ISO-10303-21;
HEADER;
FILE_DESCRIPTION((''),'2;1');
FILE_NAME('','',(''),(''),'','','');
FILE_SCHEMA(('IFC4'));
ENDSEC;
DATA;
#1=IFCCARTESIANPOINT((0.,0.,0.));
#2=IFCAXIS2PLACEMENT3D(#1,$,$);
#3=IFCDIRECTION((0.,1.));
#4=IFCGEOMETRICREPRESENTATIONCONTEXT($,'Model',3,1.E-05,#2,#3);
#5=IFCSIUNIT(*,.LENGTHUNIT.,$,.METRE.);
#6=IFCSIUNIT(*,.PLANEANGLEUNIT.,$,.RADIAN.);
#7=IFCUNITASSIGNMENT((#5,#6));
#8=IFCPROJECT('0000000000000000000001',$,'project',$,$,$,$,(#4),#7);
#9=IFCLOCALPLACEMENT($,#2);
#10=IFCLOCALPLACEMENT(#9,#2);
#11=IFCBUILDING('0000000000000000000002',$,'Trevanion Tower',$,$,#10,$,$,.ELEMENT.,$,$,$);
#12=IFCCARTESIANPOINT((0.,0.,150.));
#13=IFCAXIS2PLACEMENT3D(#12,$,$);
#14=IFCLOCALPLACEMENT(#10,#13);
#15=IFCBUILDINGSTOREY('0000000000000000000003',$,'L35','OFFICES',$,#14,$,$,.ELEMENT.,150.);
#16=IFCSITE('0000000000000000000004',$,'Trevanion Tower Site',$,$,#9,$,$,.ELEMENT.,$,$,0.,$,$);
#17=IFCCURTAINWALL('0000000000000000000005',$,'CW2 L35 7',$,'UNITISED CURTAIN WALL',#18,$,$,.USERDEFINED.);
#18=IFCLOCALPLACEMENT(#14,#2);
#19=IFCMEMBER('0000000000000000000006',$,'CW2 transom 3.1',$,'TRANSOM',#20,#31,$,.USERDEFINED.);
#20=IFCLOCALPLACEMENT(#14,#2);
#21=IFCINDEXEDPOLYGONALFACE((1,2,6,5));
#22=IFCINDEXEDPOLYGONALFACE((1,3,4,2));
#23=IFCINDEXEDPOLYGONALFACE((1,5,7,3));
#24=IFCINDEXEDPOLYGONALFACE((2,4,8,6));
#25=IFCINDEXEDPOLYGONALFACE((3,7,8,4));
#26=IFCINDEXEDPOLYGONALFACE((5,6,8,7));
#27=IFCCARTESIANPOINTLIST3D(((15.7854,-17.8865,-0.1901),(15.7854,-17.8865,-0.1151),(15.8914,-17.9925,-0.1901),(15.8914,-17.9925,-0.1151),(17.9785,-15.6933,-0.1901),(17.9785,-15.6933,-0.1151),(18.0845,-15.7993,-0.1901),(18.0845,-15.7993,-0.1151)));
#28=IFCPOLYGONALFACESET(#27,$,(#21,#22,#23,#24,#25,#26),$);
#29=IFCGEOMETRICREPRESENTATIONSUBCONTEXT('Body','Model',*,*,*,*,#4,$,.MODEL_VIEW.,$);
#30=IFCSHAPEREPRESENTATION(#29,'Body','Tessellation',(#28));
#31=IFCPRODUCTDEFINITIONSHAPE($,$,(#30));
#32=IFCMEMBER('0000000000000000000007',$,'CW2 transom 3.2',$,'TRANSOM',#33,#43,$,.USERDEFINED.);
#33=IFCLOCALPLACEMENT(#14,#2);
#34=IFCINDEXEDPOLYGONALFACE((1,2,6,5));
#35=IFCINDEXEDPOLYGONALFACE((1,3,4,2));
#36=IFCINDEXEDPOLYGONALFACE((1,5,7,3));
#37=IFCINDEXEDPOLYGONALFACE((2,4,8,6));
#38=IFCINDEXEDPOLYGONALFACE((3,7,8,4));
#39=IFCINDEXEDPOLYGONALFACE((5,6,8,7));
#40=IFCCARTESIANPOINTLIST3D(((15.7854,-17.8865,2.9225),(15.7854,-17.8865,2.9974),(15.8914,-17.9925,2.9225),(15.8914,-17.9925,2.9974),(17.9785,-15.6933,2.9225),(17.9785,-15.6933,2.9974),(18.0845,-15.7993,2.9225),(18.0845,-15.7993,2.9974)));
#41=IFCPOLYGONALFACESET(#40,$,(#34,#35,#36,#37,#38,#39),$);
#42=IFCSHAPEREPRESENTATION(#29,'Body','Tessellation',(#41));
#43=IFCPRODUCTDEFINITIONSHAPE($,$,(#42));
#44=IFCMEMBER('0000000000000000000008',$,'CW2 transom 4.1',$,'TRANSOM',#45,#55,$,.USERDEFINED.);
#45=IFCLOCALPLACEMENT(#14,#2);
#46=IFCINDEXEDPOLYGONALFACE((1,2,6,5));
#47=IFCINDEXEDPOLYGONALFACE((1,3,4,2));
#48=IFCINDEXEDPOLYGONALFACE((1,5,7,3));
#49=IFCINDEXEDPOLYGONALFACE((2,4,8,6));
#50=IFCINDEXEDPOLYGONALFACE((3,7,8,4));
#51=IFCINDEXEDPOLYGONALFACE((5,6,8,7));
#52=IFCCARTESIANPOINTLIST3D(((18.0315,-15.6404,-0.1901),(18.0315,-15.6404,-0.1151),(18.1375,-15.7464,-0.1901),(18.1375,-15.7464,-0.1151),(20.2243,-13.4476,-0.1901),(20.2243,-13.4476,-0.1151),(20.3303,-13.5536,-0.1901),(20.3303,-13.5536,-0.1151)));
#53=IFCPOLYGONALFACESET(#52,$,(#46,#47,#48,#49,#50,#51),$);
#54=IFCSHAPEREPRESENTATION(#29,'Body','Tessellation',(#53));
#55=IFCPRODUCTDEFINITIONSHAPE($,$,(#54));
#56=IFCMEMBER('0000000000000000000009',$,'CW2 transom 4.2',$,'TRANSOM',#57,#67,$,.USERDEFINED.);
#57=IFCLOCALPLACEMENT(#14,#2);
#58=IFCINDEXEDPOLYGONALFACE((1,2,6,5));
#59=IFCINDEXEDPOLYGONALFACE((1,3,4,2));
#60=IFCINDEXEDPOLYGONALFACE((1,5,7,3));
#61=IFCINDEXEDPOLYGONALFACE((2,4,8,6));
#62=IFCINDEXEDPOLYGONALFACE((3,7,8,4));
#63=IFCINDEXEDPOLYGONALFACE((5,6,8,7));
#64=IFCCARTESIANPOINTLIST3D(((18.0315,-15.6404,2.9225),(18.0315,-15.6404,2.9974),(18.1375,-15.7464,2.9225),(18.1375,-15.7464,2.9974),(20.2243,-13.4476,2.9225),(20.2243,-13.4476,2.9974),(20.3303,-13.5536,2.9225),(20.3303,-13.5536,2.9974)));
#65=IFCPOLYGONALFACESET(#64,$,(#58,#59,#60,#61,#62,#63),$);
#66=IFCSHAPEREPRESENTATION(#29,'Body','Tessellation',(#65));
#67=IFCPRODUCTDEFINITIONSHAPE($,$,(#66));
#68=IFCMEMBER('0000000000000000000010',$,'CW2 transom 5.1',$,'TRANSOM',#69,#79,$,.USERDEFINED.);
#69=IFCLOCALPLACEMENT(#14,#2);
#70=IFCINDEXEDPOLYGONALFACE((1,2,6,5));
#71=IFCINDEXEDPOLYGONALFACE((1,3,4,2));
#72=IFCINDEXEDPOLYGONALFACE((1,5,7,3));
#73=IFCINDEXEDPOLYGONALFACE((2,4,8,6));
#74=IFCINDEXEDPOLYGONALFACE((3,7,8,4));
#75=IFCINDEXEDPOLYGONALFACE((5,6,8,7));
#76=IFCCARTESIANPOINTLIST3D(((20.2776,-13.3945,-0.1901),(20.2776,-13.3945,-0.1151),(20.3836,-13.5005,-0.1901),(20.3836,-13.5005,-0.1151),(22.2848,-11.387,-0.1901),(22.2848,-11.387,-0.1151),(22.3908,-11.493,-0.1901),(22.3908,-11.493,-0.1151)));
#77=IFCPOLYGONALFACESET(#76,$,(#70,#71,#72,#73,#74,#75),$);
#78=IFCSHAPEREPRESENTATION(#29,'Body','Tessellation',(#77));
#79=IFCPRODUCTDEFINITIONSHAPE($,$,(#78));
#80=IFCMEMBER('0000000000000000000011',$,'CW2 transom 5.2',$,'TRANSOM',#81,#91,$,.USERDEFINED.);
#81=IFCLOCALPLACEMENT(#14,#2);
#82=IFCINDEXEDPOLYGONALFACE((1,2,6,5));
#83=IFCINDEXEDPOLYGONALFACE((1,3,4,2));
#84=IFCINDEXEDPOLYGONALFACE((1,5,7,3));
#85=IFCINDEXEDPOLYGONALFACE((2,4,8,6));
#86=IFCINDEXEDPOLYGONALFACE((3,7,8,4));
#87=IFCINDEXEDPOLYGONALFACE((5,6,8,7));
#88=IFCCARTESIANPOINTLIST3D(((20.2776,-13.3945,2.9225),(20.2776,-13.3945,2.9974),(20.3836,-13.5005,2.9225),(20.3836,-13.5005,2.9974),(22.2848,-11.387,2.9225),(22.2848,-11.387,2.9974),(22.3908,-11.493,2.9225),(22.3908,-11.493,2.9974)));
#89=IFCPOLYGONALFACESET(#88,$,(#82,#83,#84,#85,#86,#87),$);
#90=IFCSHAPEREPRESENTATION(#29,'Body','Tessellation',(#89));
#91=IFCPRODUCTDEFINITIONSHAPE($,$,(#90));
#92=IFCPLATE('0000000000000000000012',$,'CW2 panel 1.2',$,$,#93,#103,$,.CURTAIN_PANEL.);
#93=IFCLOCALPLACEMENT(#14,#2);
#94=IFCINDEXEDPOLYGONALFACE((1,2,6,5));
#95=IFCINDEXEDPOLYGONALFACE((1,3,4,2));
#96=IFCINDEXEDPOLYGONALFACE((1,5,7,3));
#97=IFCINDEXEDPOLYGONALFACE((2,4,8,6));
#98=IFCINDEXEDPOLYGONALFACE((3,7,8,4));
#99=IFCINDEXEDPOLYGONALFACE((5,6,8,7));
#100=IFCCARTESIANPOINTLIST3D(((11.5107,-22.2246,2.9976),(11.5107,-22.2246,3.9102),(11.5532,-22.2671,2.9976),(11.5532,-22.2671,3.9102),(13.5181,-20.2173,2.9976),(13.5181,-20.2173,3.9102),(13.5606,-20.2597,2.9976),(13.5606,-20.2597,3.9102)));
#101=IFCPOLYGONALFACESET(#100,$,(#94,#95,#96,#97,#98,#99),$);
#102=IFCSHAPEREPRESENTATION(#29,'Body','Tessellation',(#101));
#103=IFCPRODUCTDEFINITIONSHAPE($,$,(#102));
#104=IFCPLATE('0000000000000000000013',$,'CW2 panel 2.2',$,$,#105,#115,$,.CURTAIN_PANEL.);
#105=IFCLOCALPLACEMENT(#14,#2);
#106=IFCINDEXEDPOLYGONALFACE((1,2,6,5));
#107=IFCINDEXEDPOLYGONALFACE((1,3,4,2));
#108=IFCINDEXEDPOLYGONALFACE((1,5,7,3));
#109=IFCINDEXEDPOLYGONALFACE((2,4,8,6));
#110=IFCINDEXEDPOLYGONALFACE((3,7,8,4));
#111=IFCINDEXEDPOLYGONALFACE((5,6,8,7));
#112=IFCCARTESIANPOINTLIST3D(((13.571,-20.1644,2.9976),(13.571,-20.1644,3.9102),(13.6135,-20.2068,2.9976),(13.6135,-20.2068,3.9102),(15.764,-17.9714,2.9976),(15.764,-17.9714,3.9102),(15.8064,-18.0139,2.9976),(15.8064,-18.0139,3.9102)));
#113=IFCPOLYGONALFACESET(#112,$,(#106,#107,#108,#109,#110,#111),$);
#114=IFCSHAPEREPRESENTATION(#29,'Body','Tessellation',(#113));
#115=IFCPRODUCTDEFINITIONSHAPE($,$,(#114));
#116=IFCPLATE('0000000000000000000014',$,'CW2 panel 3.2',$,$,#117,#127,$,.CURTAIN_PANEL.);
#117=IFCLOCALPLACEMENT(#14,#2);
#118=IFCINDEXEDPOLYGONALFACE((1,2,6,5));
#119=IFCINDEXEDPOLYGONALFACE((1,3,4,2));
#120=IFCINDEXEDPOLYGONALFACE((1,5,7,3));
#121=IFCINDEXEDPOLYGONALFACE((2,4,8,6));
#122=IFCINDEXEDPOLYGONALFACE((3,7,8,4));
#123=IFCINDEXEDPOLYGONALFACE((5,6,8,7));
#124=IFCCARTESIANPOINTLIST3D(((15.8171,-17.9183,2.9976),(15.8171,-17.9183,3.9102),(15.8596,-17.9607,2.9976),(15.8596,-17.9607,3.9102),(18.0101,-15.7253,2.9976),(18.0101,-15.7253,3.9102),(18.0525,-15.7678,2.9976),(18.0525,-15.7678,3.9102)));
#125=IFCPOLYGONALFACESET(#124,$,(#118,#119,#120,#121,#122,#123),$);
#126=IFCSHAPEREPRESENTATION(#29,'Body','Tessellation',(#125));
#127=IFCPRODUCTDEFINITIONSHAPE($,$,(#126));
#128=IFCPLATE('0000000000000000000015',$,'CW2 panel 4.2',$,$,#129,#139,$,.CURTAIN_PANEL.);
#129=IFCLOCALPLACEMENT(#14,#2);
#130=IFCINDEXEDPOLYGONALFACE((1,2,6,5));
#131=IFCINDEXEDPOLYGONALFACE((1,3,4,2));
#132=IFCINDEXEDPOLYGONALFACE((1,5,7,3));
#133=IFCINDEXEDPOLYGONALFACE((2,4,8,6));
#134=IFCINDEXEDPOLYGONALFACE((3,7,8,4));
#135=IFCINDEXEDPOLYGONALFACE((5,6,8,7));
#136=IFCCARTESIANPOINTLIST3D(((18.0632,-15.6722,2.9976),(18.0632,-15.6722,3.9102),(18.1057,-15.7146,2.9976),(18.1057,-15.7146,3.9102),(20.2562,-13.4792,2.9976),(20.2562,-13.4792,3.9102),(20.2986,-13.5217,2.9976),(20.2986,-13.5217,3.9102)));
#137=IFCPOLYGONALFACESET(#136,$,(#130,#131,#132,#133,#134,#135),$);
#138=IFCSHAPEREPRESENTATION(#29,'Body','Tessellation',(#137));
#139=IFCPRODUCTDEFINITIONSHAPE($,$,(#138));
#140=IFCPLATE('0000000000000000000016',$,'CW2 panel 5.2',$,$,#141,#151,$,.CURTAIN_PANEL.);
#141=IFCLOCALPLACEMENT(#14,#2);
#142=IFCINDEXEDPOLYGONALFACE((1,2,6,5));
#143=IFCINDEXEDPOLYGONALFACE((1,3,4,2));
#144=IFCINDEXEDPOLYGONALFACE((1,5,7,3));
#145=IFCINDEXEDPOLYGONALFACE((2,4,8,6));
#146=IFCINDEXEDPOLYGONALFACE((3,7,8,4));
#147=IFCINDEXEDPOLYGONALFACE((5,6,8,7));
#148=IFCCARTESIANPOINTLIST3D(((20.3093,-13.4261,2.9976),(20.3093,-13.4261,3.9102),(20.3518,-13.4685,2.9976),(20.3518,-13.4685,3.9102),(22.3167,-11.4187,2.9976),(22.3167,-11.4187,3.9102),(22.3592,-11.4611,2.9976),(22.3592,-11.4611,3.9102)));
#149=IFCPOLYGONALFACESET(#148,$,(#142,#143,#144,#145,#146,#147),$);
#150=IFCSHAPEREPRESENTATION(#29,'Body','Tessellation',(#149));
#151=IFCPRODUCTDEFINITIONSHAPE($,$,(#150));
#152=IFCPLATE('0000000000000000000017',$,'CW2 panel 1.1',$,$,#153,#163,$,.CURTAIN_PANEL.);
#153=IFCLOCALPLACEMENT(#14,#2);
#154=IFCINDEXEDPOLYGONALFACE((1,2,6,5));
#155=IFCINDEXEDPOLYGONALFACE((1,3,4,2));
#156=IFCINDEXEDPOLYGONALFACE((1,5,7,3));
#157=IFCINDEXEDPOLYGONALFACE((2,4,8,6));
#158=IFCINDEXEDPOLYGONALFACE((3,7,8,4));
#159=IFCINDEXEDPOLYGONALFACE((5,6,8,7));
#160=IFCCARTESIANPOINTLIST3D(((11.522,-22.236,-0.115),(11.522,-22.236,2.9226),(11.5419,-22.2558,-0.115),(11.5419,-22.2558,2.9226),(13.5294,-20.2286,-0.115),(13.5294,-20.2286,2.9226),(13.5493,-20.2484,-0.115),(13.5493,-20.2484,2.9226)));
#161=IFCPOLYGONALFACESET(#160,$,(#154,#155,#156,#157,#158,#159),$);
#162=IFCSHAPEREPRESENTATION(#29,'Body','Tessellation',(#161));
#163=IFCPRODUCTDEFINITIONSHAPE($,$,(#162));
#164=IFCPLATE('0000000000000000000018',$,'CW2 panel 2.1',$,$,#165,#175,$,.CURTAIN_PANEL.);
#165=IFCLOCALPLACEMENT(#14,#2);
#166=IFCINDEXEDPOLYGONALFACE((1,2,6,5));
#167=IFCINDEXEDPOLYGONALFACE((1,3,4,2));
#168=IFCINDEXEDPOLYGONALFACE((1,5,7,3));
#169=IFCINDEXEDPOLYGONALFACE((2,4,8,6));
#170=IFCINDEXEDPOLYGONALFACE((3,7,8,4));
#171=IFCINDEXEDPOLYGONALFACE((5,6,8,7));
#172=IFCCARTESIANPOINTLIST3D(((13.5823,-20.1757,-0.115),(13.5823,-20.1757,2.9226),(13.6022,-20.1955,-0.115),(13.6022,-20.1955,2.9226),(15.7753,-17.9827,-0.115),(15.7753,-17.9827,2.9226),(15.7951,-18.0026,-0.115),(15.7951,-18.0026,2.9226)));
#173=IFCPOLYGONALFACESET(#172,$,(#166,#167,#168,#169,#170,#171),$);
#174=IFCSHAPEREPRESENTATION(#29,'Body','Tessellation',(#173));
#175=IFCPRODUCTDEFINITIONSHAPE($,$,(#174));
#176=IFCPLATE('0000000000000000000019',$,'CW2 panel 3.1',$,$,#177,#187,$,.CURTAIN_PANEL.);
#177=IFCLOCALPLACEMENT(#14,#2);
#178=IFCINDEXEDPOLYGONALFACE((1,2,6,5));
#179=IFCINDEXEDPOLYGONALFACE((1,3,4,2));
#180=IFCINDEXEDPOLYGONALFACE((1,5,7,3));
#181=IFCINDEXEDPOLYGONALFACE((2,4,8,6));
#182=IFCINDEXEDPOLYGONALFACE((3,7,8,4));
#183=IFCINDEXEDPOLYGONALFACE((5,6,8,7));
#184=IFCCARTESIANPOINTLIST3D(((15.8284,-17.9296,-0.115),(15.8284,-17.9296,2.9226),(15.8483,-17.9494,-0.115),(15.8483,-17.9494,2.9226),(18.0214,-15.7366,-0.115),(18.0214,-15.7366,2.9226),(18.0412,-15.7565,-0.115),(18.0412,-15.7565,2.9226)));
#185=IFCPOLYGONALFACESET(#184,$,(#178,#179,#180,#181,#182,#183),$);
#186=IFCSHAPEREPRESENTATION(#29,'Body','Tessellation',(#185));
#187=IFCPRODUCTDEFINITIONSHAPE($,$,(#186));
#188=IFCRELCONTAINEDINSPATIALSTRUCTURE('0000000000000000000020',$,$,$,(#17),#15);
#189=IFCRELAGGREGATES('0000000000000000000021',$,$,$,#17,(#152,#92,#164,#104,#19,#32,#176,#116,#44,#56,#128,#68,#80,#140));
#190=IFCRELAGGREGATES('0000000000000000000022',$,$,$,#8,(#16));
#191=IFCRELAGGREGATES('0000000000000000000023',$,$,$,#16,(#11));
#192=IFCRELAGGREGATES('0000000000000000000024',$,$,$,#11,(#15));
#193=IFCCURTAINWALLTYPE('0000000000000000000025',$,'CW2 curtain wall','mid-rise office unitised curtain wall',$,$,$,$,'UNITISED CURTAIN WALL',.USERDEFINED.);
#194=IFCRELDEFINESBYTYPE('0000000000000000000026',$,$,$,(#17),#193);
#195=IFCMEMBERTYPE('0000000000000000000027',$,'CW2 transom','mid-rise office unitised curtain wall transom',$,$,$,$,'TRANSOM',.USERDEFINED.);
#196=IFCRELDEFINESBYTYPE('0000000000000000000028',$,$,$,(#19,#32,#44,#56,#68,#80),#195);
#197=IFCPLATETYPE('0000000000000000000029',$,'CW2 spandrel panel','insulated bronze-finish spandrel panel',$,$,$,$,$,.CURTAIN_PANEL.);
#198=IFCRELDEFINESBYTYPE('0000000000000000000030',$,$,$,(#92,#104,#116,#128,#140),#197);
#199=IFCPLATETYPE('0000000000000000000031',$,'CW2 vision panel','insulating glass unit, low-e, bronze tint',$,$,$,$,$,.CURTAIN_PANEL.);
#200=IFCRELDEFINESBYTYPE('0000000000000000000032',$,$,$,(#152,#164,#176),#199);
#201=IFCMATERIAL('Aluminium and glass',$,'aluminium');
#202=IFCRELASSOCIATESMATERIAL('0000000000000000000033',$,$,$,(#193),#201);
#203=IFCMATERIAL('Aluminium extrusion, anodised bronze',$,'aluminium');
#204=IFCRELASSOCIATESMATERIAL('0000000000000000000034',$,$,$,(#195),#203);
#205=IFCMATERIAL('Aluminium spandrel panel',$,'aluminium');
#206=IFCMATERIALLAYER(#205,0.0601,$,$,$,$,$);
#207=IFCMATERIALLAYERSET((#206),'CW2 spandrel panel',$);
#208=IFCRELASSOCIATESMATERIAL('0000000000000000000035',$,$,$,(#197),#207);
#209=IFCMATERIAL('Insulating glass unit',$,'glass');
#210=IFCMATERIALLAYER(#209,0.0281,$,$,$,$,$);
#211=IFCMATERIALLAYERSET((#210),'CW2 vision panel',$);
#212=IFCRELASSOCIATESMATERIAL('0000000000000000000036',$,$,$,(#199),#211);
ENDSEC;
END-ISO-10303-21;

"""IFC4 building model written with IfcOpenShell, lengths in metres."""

from ifc_helpers import new_model, si_unit, direction, frame, origin, origin_2d, place, context, subcontext, project, spatial, rectangle, extrude, material, layer, layer_set, material_profile, profile_set, type_object, element, aggregate, save


model = new_model("IFC4")

# Units and contexts
model_context = context("Model", 3, precision=1e-05, world=origin(), true_north=direction((0.0, 1.0)))
body_context = subcontext(model_context, "Body", "Model", "MODEL_VIEW")
ifc_project = project(units=[si_unit("LENGTHUNIT", "METRE"), si_unit("PLANEANGLEUNIT", "RADIAN")], contexts=[model_context])

# Site, building, storey
site_placement = place(None, origin())
site = spatial("IfcSite", under=ifc_project, at=site_placement, Name="Trevanion Tower Site", CompositionType="ELEMENT", RefElevation=0.0)
building_placement = place(site_placement, origin())
building = spatial("IfcBuilding", under=site, at=building_placement, Name="Trevanion Tower", CompositionType="ELEMENT")
storey_placement = place(building_placement, frame((0.0, 0.0, 150.0)))
storey = spatial("IfcBuildingStorey", under=building, at=storey_placement, Name="L35", Description="OFFICES", CompositionType="ELEMENT", Elevation=150.0)

# Curtain wall
ifc_material_1 = material(Name="Aluminium and glass", Category="aluminium")
curtain_wall_type = type_object("IfcCurtainWallType", Name="CW2 curtain wall", Description="mid-rise office unitised curtain wall", ElementType="UNITISED CURTAIN WALL", PredefinedType="USERDEFINED", material=ifc_material_1)
curtain_wall_1_placement = place(storey_placement, origin())
curtain_wall_1 = element("IfcCurtainWall", 1, at=curtain_wall_1_placement, inside=storey, type_object=curtain_wall_type, Name="CW2 L35 7", ObjectType="UNITISED CURTAIN WALL", PredefinedType="USERDEFINED")

# Members
ifc_material_2 = material(Name="Aluminium extrusion, anodised bronze", Category="aluminium")
ifc_material_profile_1 = material_profile(ifc_material_2, rectangle(XDim=0.1499, YDim=0.075, at=origin_2d()), Name="CW2 transom")
ifc_profile_set_1 = profile_set([ifc_material_profile_1], Name="Aluminium extrusion, anodised bronze")
member_type_1 = type_object("IfcMemberType", Name="CW2 transom", Description="mid-rise office unitised curtain wall transom", ElementType="TRANSOM", PredefinedType="USERDEFINED", material=ifc_profile_set_1)
member_1_placement = place(storey_placement, frame((15.8384, -17.9395, -0.1526), z_axis=(0.707107, 0.707107, 0.0), x_axis=(-0.707107, 0.707107, 0.0)))
member_1 = element("IfcMember", 2, at=member_1_placement, type_object=member_type_1, Name="CW2 transom 3.1", ObjectType="TRANSOM", PredefinedType="USERDEFINED", context=body_context, shape_type="SweptSolid", body=[
    extrude(rectangle(XDim=0.1499, YDim=0.075, at=origin_2d()), origin(), (0.0, 0.0, 1.0), 3.1016),
])
member_2_placement = place(storey_placement, frame((15.8384, -17.9395, 2.96), z_axis=(0.707107, 0.707107, 0.0), x_axis=(-0.707107, 0.707107, 0.0)))
member_2 = element("IfcMember", 3, at=member_2_placement, type_object=member_type_1, Name="CW2 transom 3.2", ObjectType="TRANSOM", PredefinedType="USERDEFINED", context=body_context, shape_type="SweptSolid", body=[
    extrude(rectangle(XDim=0.1499, YDim=0.075, at=origin_2d()), origin(), (0.0, 0.0, 1.0), 3.1016),
])
member_3_placement = place(storey_placement, frame((18.0845, -15.6934, -0.1526), z_axis=(0.707107, 0.707107, 0.0), x_axis=(-0.707107, 0.707107, 0.0)))
member_3 = element("IfcMember", 4, at=member_3_placement, type_object=member_type_1, Name="CW2 transom 4.1", ObjectType="TRANSOM", PredefinedType="USERDEFINED", context=body_context, shape_type="SweptSolid", body=[
    extrude(rectangle(XDim=0.1499, YDim=0.075, at=origin_2d()), origin(), (0.0, 0.0, 1.0), 3.1011),
])
member_4_placement = place(storey_placement, frame((18.0845, -15.6934, 2.96), z_axis=(0.707107, 0.707107, 0.0), x_axis=(-0.707107, 0.707107, 0.0)))
member_4 = element("IfcMember", 5, at=member_4_placement, type_object=member_type_1, Name="CW2 transom 4.2", ObjectType="TRANSOM", PredefinedType="USERDEFINED", context=body_context, shape_type="SweptSolid", body=[
    extrude(rectangle(XDim=0.1499, YDim=0.075, at=origin_2d()), origin(), (0.0, 0.0, 1.0), 3.1011),
])
member_5_placement = place(storey_placement, frame((20.3306, -13.4475, -0.1526), z_axis=(0.707064, 0.70715, 0.0), x_axis=(-0.70715, 0.707064, 0.0)))
member_5 = element("IfcMember", 6, at=member_5_placement, type_object=member_type_1, Name="CW2 transom 5.1", ObjectType="TRANSOM", PredefinedType="USERDEFINED", context=body_context, shape_type="SweptSolid", body=[
    extrude(rectangle(XDim=0.1499, YDim=0.075, at=origin_2d()), origin(), (0.0, 0.0, 1.0), 2.8389),
])
member_6_placement = place(storey_placement, frame((20.3306, -13.4475, 2.96), z_axis=(0.707064, 0.70715, 0.0), x_axis=(-0.70715, 0.707064, 0.0)))
member_6 = element("IfcMember", 7, at=member_6_placement, type_object=member_type_1, Name="CW2 transom 5.2", ObjectType="TRANSOM", PredefinedType="USERDEFINED", context=body_context, shape_type="SweptSolid", body=[
    extrude(rectangle(XDim=0.1499, YDim=0.075, at=origin_2d()), origin(), (0.0, 0.0, 1.0), 2.8389),
])

# Plates
ifc_material_3 = material(Name="Aluminium spandrel panel", Category="aluminium")
ifc_layer_1 = layer(ifc_material_3, 0.0601)
ifc_layer_set_1 = layer_set([ifc_layer_1], Name="CW2 spandrel panel")
plate_type_1 = type_object("IfcPlateType", Name="CW2 spandrel panel", Description="insulated bronze-finish spandrel panel", PredefinedType="CURTAIN_PANEL", material=ifc_layer_set_1)
plate_1_placement = place(storey_placement, frame((12.5356, -21.2422, 2.9976), z_axis=(0.0, 0.0, 1.0), x_axis=(0.707107, 0.707107, 0.0)))
plate_1 = element("IfcPlate", 8, at=plate_1_placement, type_object=plate_type_1, Name="CW2 panel 1.2", PredefinedType="CURTAIN_PANEL", context=body_context, shape_type="SweptSolid", body=[
    extrude(rectangle(XDim=2.8389, YDim=0.0601, at=origin_2d()), origin(), (0.0, 0.0, 1.0), 0.9126),
])
plate_2_placement = place(storey_placement, frame((14.6887, -19.0891, 2.9976), z_axis=(0.0, 0.0, 1.0), x_axis=(0.707107, 0.707107, 0.0)))
plate_2 = element("IfcPlate", 9, at=plate_2_placement, type_object=plate_type_1, Name="CW2 panel 2.2", PredefinedType="CURTAIN_PANEL", context=body_context, shape_type="SweptSolid", body=[
    extrude(rectangle(XDim=3.1013, YDim=0.0601, at=origin_2d()), origin(), (0.0, 0.0, 1.0), 0.9126),
])
plate_3_placement = place(storey_placement, frame((16.9348, -16.843, 2.9976), z_axis=(0.0, 0.0, 1.0), x_axis=(0.707107, 0.707107, 0.0)))
plate_3 = element("IfcPlate", 10, at=plate_3_placement, type_object=plate_type_1, Name="CW2 panel 3.2", PredefinedType="CURTAIN_PANEL", context=body_context, shape_type="SweptSolid", body=[
    extrude(rectangle(XDim=3.1013, YDim=0.0601, at=origin_2d()), origin(), (0.0, 0.0, 1.0), 0.9126),
])
plate_4_placement = place(storey_placement, frame((19.1809, -14.5969, 2.9976), z_axis=(0.0, 0.0, 1.0), x_axis=(0.707107, 0.707107, 0.0)))
plate_4 = element("IfcPlate", 11, at=plate_4_placement, type_object=plate_type_1, Name="CW2 panel 4.2", PredefinedType="CURTAIN_PANEL", context=body_context, shape_type="SweptSolid", body=[
    extrude(rectangle(XDim=3.1013, YDim=0.0601, at=origin_2d()), origin(), (0.0, 0.0, 1.0), 0.9126),
])
plate_5_placement = place(storey_placement, frame((21.3342, -12.4436, 2.9976), z_axis=(0.0, 0.0, 1.0), x_axis=(0.707107, 0.707107, 0.0)))
plate_5 = element("IfcPlate", 12, at=plate_5_placement, type_object=plate_type_1, Name="CW2 panel 5.2", PredefinedType="CURTAIN_PANEL", context=body_context, shape_type="SweptSolid", body=[
    extrude(rectangle(XDim=2.8389, YDim=0.0601, at=origin_2d()), origin(), (0.0, 0.0, 1.0), 0.9126),
])
ifc_material_4 = material(Name="Insulating glass unit", Category="glass")
ifc_layer_2 = layer(ifc_material_4, 0.0281)
ifc_layer_set_2 = layer_set([ifc_layer_2], Name="CW2 vision panel")
plate_type_2 = type_object("IfcPlateType", Name="CW2 vision panel", Description="insulating glass unit, low-e, bronze tint", PredefinedType="CURTAIN_PANEL", material=ifc_layer_set_2)
plate_6_placement = place(storey_placement, frame((12.5356, -21.2422, -0.115), z_axis=(0.0, 0.0, 1.0), x_axis=(0.707107, 0.707107, 0.0)))
plate_6 = element("IfcPlate", 13, at=plate_6_placement, type_object=plate_type_2, Name="CW2 panel 1.1", PredefinedType="CURTAIN_PANEL", context=body_context, shape_type="SweptSolid", body=[
    extrude(rectangle(XDim=2.8389, YDim=0.0281, at=origin_2d()), origin(), (0.0, 0.0, 1.0), 3.0376),
])
plate_7_placement = place(storey_placement, frame((14.6887, -19.0891, -0.115), z_axis=(0.0, 0.0, 1.0), x_axis=(0.707107, 0.707107, 0.0)))
plate_7 = element("IfcPlate", 14, at=plate_7_placement, type_object=plate_type_2, Name="CW2 panel 2.1", PredefinedType="CURTAIN_PANEL", context=body_context, shape_type="SweptSolid", body=[
    extrude(rectangle(XDim=3.1013, YDim=0.0281, at=origin_2d()), origin(), (0.0, 0.0, 1.0), 3.0376),
])
plate_8_placement = place(storey_placement, frame((16.9348, -16.843, -0.115), z_axis=(0.0, 0.0, 1.0), x_axis=(0.707107, 0.707107, 0.0)))
plate_8 = element("IfcPlate", 15, at=plate_8_placement, type_object=plate_type_2, Name="CW2 panel 3.1", PredefinedType="CURTAIN_PANEL", context=body_context, shape_type="SweptSolid", body=[
    extrude(rectangle(XDim=3.1013, YDim=0.0281, at=origin_2d()), origin(), (0.0, 0.0, 1.0), 3.0376),
])
aggregate(curtain_wall_1, [plate_6, plate_1, plate_7, plate_2, member_1, member_2, plate_8, plate_3, member_3, member_4, plate_4, member_5, member_6, plate_5])

save(model, "model.ifc")
